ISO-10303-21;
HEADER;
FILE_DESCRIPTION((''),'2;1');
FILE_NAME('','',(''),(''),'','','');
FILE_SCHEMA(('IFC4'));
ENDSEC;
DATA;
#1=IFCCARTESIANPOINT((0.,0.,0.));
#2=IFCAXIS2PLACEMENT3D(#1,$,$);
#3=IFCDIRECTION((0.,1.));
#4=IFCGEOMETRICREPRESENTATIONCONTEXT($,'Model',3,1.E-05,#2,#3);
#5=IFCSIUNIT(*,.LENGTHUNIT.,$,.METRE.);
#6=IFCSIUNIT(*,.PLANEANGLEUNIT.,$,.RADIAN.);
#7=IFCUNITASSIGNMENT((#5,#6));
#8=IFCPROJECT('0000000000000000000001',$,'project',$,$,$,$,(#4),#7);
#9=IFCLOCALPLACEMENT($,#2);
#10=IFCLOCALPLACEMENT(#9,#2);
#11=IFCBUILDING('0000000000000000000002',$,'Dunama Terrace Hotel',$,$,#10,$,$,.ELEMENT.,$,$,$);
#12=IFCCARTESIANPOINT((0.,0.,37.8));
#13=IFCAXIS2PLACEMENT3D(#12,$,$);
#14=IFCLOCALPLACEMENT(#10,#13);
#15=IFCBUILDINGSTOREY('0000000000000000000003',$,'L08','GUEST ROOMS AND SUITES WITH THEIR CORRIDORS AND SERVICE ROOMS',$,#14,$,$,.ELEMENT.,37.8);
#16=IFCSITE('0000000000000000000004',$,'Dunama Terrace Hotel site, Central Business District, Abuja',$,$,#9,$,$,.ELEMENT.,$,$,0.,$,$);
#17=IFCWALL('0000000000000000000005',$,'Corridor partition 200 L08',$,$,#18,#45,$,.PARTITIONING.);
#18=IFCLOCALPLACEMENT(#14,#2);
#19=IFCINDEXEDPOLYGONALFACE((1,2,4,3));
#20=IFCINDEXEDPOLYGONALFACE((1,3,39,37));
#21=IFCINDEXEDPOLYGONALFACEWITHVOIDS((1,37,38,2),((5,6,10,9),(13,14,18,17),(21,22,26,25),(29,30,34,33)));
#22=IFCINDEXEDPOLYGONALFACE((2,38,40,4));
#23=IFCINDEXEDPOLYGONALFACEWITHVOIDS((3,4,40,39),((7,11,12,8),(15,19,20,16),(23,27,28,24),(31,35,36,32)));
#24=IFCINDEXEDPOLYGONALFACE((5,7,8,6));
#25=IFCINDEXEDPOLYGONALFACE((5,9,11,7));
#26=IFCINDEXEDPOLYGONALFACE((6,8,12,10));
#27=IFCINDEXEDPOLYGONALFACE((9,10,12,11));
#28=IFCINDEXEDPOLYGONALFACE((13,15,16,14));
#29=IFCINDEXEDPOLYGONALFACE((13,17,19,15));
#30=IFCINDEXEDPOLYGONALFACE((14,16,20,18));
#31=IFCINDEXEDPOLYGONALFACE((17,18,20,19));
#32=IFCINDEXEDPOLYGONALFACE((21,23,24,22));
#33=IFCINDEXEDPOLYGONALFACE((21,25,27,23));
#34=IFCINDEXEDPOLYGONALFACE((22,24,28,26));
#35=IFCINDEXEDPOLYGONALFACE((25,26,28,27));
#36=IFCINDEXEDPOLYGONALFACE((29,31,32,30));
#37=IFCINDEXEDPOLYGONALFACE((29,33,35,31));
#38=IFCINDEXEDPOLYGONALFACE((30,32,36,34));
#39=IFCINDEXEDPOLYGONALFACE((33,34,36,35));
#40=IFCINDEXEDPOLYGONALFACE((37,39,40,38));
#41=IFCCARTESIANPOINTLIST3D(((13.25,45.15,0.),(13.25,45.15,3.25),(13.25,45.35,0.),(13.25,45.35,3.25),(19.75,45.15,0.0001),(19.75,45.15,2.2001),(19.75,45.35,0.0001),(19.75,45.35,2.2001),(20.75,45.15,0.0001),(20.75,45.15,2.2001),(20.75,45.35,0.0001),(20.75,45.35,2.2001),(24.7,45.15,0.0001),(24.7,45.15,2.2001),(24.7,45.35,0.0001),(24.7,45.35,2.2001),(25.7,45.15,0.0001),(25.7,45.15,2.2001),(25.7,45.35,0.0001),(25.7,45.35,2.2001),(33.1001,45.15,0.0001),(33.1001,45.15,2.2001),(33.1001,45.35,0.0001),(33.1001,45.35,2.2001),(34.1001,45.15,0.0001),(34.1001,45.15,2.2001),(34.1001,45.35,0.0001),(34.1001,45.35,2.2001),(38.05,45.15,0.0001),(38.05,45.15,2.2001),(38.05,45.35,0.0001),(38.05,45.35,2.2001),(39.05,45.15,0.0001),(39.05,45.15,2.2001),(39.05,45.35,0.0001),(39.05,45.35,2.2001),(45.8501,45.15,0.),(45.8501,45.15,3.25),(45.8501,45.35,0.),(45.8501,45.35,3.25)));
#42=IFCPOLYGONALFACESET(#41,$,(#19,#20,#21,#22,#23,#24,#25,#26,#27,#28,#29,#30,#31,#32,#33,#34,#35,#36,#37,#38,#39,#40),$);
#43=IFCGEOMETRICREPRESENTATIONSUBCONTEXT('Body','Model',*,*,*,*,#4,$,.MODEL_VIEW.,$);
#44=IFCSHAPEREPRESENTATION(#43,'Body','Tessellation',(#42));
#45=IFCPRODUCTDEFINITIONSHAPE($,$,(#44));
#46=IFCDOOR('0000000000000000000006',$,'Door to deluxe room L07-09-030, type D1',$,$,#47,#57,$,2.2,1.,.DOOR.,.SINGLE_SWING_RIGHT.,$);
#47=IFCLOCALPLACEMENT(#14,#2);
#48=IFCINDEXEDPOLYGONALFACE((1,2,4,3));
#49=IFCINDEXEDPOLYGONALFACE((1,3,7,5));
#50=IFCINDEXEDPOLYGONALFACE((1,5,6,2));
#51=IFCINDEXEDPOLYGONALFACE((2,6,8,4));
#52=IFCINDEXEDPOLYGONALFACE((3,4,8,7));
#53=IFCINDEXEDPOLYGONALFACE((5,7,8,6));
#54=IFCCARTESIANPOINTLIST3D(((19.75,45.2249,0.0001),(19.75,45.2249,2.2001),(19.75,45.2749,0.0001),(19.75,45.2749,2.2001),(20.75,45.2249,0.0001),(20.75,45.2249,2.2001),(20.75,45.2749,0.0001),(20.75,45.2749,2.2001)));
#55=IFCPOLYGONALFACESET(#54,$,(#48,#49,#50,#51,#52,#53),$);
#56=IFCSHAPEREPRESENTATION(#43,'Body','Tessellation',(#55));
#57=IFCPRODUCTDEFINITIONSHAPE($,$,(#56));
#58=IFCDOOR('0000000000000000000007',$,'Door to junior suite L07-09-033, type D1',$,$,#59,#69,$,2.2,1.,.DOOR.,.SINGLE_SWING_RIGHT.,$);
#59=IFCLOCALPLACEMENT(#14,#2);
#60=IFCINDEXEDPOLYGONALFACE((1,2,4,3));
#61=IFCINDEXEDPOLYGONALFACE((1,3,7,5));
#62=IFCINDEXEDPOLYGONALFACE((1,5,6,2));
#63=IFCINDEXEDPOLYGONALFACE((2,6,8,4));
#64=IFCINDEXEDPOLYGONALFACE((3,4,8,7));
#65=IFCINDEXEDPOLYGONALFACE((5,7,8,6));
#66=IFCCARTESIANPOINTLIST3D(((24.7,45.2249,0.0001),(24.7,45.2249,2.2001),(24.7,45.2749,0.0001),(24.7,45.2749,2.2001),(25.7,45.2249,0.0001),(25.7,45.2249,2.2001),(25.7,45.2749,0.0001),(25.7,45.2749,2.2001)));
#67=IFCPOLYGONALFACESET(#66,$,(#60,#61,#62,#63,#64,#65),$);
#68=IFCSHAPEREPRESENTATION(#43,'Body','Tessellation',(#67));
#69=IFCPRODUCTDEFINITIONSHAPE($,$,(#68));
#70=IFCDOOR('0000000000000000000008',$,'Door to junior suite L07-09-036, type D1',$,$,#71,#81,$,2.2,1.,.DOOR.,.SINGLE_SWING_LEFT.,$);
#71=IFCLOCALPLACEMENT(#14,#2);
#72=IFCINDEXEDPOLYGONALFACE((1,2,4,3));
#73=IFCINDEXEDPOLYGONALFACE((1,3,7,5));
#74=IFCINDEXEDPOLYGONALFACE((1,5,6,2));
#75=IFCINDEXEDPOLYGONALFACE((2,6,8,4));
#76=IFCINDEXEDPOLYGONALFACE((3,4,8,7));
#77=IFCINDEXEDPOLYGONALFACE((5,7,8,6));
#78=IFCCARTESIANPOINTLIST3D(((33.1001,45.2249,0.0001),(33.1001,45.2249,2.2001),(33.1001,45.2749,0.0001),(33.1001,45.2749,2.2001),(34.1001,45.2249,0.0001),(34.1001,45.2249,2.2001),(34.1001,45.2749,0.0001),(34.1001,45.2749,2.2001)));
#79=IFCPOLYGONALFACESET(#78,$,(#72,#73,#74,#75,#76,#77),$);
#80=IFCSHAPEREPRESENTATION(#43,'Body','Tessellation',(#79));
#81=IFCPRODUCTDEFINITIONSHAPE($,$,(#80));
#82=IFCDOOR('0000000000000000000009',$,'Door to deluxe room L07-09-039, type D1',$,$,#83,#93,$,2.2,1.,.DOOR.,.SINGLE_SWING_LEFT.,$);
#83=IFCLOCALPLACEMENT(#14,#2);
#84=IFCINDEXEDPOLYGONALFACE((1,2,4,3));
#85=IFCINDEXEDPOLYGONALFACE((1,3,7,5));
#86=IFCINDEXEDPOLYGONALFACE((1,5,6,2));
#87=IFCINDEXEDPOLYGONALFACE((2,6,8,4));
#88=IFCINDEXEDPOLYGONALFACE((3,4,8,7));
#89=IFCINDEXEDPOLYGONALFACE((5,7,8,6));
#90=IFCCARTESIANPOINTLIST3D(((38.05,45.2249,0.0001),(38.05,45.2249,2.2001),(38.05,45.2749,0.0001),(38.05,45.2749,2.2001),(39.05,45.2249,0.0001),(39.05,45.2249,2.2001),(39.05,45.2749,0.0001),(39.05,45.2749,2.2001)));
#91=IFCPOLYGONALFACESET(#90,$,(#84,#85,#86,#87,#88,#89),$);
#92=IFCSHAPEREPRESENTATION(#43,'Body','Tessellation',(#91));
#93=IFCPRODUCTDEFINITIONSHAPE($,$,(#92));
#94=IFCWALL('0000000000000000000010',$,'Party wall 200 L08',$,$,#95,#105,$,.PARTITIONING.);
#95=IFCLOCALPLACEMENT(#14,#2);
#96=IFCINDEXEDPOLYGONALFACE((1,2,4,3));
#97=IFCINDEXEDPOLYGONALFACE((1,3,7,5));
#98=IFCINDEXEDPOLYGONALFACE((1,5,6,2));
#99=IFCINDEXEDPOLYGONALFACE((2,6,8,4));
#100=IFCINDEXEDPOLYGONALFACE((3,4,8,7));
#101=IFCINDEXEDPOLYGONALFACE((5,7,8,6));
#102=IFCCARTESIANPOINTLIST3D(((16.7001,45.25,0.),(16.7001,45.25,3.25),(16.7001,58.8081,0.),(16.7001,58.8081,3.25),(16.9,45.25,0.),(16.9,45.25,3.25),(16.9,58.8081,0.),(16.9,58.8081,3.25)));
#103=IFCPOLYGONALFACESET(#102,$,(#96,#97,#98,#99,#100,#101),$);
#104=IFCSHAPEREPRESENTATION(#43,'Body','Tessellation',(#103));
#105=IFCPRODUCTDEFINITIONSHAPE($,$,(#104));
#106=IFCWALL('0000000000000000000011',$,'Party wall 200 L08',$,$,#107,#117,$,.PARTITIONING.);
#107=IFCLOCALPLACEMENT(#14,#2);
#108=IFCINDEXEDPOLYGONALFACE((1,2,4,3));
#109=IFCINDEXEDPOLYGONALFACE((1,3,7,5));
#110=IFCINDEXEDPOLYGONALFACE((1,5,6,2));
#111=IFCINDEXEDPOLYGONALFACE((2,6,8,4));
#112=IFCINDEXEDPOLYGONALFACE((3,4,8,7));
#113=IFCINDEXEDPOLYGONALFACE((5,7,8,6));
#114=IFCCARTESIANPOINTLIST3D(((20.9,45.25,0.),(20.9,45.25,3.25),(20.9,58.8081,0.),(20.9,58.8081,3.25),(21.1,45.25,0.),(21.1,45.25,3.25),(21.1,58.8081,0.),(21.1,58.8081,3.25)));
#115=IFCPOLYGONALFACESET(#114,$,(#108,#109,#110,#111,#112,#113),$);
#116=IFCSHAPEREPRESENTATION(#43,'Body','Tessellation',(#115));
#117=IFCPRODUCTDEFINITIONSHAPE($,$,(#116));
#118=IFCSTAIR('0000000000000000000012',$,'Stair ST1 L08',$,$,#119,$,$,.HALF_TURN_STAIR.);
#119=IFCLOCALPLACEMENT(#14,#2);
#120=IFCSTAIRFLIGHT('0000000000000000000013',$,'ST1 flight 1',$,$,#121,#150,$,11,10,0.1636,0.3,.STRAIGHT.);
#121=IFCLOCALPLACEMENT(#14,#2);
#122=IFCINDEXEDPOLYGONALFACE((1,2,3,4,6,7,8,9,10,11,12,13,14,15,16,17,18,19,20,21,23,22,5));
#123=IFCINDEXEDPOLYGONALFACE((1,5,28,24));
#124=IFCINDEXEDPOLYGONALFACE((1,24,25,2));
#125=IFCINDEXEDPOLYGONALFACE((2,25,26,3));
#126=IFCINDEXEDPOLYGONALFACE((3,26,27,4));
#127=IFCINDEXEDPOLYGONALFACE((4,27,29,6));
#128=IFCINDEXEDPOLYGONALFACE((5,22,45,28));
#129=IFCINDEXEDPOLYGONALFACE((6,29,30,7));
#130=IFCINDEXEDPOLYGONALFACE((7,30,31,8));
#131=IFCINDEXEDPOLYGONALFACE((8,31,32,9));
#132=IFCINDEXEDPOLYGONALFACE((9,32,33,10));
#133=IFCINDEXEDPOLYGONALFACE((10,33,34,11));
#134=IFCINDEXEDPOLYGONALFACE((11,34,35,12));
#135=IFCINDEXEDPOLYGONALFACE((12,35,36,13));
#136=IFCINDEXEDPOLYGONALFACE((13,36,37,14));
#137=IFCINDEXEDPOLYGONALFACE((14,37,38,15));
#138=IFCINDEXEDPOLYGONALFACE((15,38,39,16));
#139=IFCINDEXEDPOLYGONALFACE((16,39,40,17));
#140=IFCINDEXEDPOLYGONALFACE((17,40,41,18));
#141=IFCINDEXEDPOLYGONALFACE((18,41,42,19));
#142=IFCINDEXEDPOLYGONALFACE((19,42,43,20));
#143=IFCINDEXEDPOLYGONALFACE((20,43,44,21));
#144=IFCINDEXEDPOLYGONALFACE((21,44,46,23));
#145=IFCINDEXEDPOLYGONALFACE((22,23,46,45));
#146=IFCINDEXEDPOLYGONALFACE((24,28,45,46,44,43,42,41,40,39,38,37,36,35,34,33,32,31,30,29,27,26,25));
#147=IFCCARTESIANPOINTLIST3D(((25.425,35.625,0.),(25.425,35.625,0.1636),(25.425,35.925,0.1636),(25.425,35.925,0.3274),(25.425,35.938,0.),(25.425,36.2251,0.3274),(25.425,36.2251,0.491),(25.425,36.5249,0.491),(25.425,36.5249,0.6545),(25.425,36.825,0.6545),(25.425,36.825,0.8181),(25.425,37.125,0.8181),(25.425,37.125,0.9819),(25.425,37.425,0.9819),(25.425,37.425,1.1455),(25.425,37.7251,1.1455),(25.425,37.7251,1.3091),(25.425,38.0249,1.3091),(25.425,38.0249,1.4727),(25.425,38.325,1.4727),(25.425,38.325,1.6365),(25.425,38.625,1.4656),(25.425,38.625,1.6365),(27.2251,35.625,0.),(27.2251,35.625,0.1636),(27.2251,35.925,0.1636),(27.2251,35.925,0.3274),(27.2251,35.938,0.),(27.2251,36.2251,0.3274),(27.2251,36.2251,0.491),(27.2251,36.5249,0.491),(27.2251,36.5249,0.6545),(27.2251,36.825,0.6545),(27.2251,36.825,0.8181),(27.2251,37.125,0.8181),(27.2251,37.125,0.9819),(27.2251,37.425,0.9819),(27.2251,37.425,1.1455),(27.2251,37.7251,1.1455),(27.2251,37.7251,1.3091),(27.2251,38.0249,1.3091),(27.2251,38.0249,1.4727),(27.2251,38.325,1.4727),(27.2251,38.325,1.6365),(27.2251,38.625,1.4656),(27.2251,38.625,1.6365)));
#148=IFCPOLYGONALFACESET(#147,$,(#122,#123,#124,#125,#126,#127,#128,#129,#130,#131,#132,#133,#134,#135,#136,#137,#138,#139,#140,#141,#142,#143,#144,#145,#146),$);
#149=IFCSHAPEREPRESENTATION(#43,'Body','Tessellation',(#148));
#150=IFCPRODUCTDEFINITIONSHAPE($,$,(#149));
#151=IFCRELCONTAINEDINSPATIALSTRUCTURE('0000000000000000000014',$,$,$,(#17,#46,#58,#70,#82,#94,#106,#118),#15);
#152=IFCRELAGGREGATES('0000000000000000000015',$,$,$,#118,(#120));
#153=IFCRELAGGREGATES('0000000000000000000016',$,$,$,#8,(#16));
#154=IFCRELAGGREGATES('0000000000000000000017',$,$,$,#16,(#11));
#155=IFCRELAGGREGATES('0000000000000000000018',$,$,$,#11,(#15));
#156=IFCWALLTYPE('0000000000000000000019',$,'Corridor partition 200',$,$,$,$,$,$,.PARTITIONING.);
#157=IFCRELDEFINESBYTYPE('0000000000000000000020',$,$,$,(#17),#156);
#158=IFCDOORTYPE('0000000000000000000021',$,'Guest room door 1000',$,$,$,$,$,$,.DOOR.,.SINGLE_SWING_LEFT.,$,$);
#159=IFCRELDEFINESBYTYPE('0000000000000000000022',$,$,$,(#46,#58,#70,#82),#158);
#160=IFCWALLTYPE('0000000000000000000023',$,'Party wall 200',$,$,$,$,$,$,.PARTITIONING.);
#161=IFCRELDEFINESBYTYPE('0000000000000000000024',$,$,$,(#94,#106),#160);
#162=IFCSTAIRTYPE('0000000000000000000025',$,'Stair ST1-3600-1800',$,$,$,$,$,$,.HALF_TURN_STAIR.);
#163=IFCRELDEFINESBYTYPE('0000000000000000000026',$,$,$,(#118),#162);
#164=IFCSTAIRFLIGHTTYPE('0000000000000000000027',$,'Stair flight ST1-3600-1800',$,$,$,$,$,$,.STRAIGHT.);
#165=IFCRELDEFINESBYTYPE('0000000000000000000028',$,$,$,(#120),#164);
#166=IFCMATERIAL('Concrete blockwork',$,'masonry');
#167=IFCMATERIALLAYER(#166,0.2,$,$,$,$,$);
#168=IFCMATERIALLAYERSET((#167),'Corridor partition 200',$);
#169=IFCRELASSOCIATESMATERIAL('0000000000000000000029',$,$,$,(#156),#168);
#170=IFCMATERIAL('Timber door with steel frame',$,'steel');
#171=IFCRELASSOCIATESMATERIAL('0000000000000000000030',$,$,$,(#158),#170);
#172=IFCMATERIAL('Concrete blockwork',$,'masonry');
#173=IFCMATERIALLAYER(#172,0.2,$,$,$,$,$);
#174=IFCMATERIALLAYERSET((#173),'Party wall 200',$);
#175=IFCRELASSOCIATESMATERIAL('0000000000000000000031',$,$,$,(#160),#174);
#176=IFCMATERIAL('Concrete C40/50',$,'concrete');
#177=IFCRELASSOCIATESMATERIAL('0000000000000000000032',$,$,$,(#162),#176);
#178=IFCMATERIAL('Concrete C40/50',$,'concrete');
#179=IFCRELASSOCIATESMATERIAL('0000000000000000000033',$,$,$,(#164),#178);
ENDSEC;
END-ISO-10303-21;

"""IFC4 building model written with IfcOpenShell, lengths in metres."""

from ifc_helpers import new_model, si_unit, direction, frame, frame_2d, origin, place, context, subcontext, project, spatial, polyline, rectangle, outline, extrude, material, layer, layer_set, type_object, element, fill, aggregate, save


model = new_model("IFC4")

# Units and contexts
model_context = context("Model", 3, precision=1e-05, world=origin(), true_north=direction((0.0, 1.0)))
body_context = subcontext(model_context, "Body", "Model", "MODEL_VIEW")
ifc_project = project(units=[si_unit("LENGTHUNIT", "METRE"), si_unit("PLANEANGLEUNIT", "RADIAN")], contexts=[model_context])

# Site, building, storey
site_placement = place(None, origin())
site = spatial("IfcSite", under=ifc_project, at=site_placement, Name="Dunama Terrace Hotel site, Central Business District, Abuja", CompositionType="ELEMENT", RefElevation=0.0)
building_placement = place(site_placement, origin())
building = spatial("IfcBuilding", under=site, at=building_placement, Name="Dunama Terrace Hotel", CompositionType="ELEMENT")
storey_placement = place(building_placement, frame((0.0, 0.0, 37.8)))
storey = spatial("IfcBuildingStorey", under=building, at=storey_placement, Name="L08", Description="GUEST ROOMS AND SUITES WITH THEIR CORRIDORS AND SERVICE ROOMS", CompositionType="ELEMENT", Elevation=37.8)

# Wall, openings, doors
ifc_material_1 = material(Name="Concrete blockwork", Category="masonry")
ifc_layer_1 = layer(ifc_material_1, 0.2)
ifc_layer_set_1 = layer_set([ifc_layer_1], Name="Corridor partition 200")
wall_type_1 = type_object("IfcWallType", Name="Corridor partition 200", PredefinedType="PARTITIONING", material=ifc_layer_set_1)
wall_1_placement = place(storey_placement, frame((13.25, 45.25, 0.0), z_axis=(0.0, 0.0, 1.0), x_axis=(1.0, 0.0, 0.0)))
wall_1 = element("IfcWall", 1, at=wall_1_placement, inside=storey, type_object=wall_type_1, Name="Corridor partition 200 L08", PredefinedType="PARTITIONING", context=body_context, shape_type="SweptSolid", body=[
    extrude(rectangle(XDim=32.6001, YDim=0.2, at=frame_2d((16.3, 0.0))), origin(), (0.0, 0.0, 1.0), 3.25),
])
opening_1_placement = place(wall_1_placement, frame((6.5, 0.0, 0.0)))
opening_1 = element("IfcOpeningElement", 2, at=opening_1_placement, cuts=wall_1, PredefinedType="OPENING", context=body_context, shape_type="SweptSolid", body=[
    extrude(rectangle(XDim=1.0, YDim=2.2, at=frame_2d((0.5, 1.1001))), frame((0.0, 0.1099, 0.0), z_axis=(0.0, -1.0, 0.0), x_axis=(1.0, 0.0, 0.0)), (0.0, 0.0, 1.0), 0.22),
])
opening_2_placement = place(wall_1_placement, frame((11.45, 0.0, 0.0)))
opening_2 = element("IfcOpeningElement", 3, at=opening_2_placement, cuts=wall_1, PredefinedType="OPENING", context=body_context, shape_type="SweptSolid", body=[
    extrude(rectangle(XDim=1.0, YDim=2.2, at=frame_2d((0.5, 1.1001))), frame((0.0, 0.1099, 0.0), z_axis=(0.0, -1.0, 0.0), x_axis=(1.0, 0.0, 0.0)), (0.0, 0.0, 1.0), 0.22),
])
opening_3_placement = place(wall_1_placement, frame((19.8501, 0.0, 0.0)))
opening_3 = element("IfcOpeningElement", 4, at=opening_3_placement, cuts=wall_1, PredefinedType="OPENING", context=body_context, shape_type="SweptSolid", body=[
    extrude(rectangle(XDim=1.0, YDim=2.2, at=frame_2d((0.5, 1.1001))), frame((0.0, 0.1099, 0.0), z_axis=(0.0, -1.0, 0.0), x_axis=(1.0, 0.0, 0.0)), (0.0, 0.0, 1.0), 0.22),
])
opening_4_placement = place(wall_1_placement, frame((24.8, 0.0, 0.0)))
opening_4 = element("IfcOpeningElement", 5, at=opening_4_placement, cuts=wall_1, PredefinedType="OPENING", context=body_context, shape_type="SweptSolid", body=[
    extrude(rectangle(XDim=1.0, YDim=2.2, at=frame_2d((0.5, 1.1001))), frame((0.0, 0.1099, 0.0), z_axis=(0.0, -1.0, 0.0), x_axis=(1.0, 0.0, 0.0)), (0.0, 0.0, 1.0), 0.22),
])
ifc_material_2 = material(Name="Timber door with steel frame", Category="steel")
door_type_1 = type_object("IfcDoorType", Name="Guest room door 1000", OperationType="SINGLE_SWING_LEFT", PredefinedType="DOOR", material=ifc_material_2)
door_1_placement = place(opening_1_placement, origin())
door_1 = element("IfcDoor", 6, at=door_1_placement, inside=storey, type_object=door_type_1, Name="Door to deluxe room L07-09-030, type D1", OperationType="SINGLE_SWING_RIGHT", OverallHeight=2.2, OverallWidth=1.0, PredefinedType="DOOR", context=body_context, shape_type="SweptSolid", body=[
    extrude(rectangle(XDim=1.0, YDim=2.2, at=frame_2d((0.5, 1.1001))), frame((0.0, 0.0249, 0.0), z_axis=(0.0, -1.0, 0.0), x_axis=(1.0, 0.0, 0.0)), (0.0, 0.0, 1.0), 0.05),
])
fill(opening_1, door_1)
door_2_placement = place(opening_2_placement, origin())
door_2 = element("IfcDoor", 7, at=door_2_placement, inside=storey, type_object=door_type_1, Name="Door to junior suite L07-09-033, type D1", OperationType="SINGLE_SWING_RIGHT", OverallHeight=2.2, OverallWidth=1.0, PredefinedType="DOOR", context=body_context, shape_type="SweptSolid", body=[
    extrude(rectangle(XDim=1.0, YDim=2.2, at=frame_2d((0.5, 1.1001))), frame((0.0, 0.0249, 0.0), z_axis=(0.0, -1.0, 0.0), x_axis=(1.0, 0.0, 0.0)), (0.0, 0.0, 1.0), 0.05),
])
fill(opening_2, door_2)
door_3_placement = place(opening_3_placement, origin())
door_3 = element("IfcDoor", 8, at=door_3_placement, inside=storey, type_object=door_type_1, Name="Door to junior suite L07-09-036, type D1", OperationType="SINGLE_SWING_LEFT", OverallHeight=2.2, OverallWidth=1.0, PredefinedType="DOOR", context=body_context, shape_type="SweptSolid", body=[
    extrude(rectangle(XDim=1.0, YDim=2.2, at=frame_2d((0.5, 1.1001))), frame((0.0, 0.0249, 0.0), z_axis=(0.0, -1.0, 0.0), x_axis=(1.0, 0.0, 0.0)), (0.0, 0.0, 1.0), 0.05),
])
fill(opening_3, door_3)
door_4_placement = place(opening_4_placement, origin())
door_4 = element("IfcDoor", 9, at=door_4_placement, inside=storey, type_object=door_type_1, Name="Door to deluxe room L07-09-039, type D1", OperationType="SINGLE_SWING_LEFT", OverallHeight=2.2, OverallWidth=1.0, PredefinedType="DOOR", context=body_context, shape_type="SweptSolid", body=[
    extrude(rectangle(XDim=1.0, YDim=2.2, at=frame_2d((0.5, 1.1001))), frame((0.0, 0.0249, 0.0), z_axis=(0.0, -1.0, 0.0), x_axis=(1.0, 0.0, 0.0)), (0.0, 0.0, 1.0), 0.05),
])
fill(opening_4, door_4)

# Walls
ifc_material_3 = material(Name="Concrete blockwork", Category="masonry")
ifc_layer_2 = layer(ifc_material_3, 0.2)
ifc_layer_set_2 = layer_set([ifc_layer_2], Name="Party wall 200")
wall_type_2 = type_object("IfcWallType", Name="Party wall 200", PredefinedType="PARTITIONING", material=ifc_layer_set_2)
for number, where, z_axis, x_axis, name in (
    (10, (16.8, 45.25, 0.0), (0.0, 0.0, 1.0), (0.0, 1.0, 0.0), "Party wall 200 L08"),
    (11, (21.0, 45.25, 0.0), (0.0, 0.0, 1.0), (0.0, 1.0, 0.0), "Party wall 200 L08"),
):
    element("IfcWall", number, at=place(storey_placement, frame(where, z_axis=z_axis, x_axis=x_axis)), inside=storey, type_object=wall_type_2, Name=name, PredefinedType="PARTITIONING", context=body_context, shape_type="SweptSolid", body=[
        extrude(rectangle(XDim=13.5581, YDim=0.2, at=frame_2d((6.7791, 0.0))), origin(), (0.0, 0.0, 1.0), 3.25),
    ])

# Stair, stair flight
ifc_material_4 = material(Name="Concrete C40/50", Category="concrete")
stair_type = type_object("IfcStairType", Name="Stair ST1-3600-1800", PredefinedType="HALF_TURN_STAIR", material=ifc_material_4)
stair_placement = place(storey_placement, origin())
stair = element("IfcStair", 12, at=stair_placement, inside=storey, type_object=stair_type, Name="Stair ST1 L08", PredefinedType="HALF_TURN_STAIR")
ifc_material_5 = material(Name="Concrete C40/50", Category="concrete")
stair_flight_type = type_object("IfcStairFlightType", Name="Stair flight ST1-3600-1800", PredefinedType="STRAIGHT", material=ifc_material_5)
stair_flight_placement = place(storey_placement, frame((26.325, 35.625, 0.0), z_axis=(0.0, 0.0, 1.0), x_axis=(0.0, 1.0, 0.0)))
stair_flight = element("IfcStairFlight", 13, at=stair_flight_placement, type_object=stair_flight_type, Name="ST1 flight 1", NumberOfRisers=11, NumberOfTreads=10, PredefinedType="STRAIGHT", RiserHeight=0.1636, TreadLength=0.3, context=body_context, shape_type="SweptSolid", body=[
    extrude(outline(polyline([(0.0, 0.0), (0.0, 0.1636), (0.3, 0.1636), (0.3, 0.3274), (0.6001, 0.3274), (0.6001, 0.491), (0.8999, 0.491), (0.8999, 0.6545), (1.2, 0.6545), (1.2, 0.8181), (1.5, 0.8181), (1.5, 0.9819), (1.8, 0.9819), (1.8, 1.1455), (2.1001, 1.1455), (2.1001, 1.3091), (2.3999, 1.3091), (2.3999, 1.4727), (2.7, 1.4727), (2.7, 1.6365), (3.0, 1.6365), (3.0, 1.8), (3.0, 1.4656), (0.313, 0.0), (0.0, 0.0)])), frame((0.0, 0.8999, 0.0), z_axis=(0.0, -1.0, 0.0), x_axis=(1.0, 0.0, 0.0)), (0.0, 0.0, 1.0), 1.8),
])
aggregate(stair, [stair_flight])

save(model, "model.ifc")
